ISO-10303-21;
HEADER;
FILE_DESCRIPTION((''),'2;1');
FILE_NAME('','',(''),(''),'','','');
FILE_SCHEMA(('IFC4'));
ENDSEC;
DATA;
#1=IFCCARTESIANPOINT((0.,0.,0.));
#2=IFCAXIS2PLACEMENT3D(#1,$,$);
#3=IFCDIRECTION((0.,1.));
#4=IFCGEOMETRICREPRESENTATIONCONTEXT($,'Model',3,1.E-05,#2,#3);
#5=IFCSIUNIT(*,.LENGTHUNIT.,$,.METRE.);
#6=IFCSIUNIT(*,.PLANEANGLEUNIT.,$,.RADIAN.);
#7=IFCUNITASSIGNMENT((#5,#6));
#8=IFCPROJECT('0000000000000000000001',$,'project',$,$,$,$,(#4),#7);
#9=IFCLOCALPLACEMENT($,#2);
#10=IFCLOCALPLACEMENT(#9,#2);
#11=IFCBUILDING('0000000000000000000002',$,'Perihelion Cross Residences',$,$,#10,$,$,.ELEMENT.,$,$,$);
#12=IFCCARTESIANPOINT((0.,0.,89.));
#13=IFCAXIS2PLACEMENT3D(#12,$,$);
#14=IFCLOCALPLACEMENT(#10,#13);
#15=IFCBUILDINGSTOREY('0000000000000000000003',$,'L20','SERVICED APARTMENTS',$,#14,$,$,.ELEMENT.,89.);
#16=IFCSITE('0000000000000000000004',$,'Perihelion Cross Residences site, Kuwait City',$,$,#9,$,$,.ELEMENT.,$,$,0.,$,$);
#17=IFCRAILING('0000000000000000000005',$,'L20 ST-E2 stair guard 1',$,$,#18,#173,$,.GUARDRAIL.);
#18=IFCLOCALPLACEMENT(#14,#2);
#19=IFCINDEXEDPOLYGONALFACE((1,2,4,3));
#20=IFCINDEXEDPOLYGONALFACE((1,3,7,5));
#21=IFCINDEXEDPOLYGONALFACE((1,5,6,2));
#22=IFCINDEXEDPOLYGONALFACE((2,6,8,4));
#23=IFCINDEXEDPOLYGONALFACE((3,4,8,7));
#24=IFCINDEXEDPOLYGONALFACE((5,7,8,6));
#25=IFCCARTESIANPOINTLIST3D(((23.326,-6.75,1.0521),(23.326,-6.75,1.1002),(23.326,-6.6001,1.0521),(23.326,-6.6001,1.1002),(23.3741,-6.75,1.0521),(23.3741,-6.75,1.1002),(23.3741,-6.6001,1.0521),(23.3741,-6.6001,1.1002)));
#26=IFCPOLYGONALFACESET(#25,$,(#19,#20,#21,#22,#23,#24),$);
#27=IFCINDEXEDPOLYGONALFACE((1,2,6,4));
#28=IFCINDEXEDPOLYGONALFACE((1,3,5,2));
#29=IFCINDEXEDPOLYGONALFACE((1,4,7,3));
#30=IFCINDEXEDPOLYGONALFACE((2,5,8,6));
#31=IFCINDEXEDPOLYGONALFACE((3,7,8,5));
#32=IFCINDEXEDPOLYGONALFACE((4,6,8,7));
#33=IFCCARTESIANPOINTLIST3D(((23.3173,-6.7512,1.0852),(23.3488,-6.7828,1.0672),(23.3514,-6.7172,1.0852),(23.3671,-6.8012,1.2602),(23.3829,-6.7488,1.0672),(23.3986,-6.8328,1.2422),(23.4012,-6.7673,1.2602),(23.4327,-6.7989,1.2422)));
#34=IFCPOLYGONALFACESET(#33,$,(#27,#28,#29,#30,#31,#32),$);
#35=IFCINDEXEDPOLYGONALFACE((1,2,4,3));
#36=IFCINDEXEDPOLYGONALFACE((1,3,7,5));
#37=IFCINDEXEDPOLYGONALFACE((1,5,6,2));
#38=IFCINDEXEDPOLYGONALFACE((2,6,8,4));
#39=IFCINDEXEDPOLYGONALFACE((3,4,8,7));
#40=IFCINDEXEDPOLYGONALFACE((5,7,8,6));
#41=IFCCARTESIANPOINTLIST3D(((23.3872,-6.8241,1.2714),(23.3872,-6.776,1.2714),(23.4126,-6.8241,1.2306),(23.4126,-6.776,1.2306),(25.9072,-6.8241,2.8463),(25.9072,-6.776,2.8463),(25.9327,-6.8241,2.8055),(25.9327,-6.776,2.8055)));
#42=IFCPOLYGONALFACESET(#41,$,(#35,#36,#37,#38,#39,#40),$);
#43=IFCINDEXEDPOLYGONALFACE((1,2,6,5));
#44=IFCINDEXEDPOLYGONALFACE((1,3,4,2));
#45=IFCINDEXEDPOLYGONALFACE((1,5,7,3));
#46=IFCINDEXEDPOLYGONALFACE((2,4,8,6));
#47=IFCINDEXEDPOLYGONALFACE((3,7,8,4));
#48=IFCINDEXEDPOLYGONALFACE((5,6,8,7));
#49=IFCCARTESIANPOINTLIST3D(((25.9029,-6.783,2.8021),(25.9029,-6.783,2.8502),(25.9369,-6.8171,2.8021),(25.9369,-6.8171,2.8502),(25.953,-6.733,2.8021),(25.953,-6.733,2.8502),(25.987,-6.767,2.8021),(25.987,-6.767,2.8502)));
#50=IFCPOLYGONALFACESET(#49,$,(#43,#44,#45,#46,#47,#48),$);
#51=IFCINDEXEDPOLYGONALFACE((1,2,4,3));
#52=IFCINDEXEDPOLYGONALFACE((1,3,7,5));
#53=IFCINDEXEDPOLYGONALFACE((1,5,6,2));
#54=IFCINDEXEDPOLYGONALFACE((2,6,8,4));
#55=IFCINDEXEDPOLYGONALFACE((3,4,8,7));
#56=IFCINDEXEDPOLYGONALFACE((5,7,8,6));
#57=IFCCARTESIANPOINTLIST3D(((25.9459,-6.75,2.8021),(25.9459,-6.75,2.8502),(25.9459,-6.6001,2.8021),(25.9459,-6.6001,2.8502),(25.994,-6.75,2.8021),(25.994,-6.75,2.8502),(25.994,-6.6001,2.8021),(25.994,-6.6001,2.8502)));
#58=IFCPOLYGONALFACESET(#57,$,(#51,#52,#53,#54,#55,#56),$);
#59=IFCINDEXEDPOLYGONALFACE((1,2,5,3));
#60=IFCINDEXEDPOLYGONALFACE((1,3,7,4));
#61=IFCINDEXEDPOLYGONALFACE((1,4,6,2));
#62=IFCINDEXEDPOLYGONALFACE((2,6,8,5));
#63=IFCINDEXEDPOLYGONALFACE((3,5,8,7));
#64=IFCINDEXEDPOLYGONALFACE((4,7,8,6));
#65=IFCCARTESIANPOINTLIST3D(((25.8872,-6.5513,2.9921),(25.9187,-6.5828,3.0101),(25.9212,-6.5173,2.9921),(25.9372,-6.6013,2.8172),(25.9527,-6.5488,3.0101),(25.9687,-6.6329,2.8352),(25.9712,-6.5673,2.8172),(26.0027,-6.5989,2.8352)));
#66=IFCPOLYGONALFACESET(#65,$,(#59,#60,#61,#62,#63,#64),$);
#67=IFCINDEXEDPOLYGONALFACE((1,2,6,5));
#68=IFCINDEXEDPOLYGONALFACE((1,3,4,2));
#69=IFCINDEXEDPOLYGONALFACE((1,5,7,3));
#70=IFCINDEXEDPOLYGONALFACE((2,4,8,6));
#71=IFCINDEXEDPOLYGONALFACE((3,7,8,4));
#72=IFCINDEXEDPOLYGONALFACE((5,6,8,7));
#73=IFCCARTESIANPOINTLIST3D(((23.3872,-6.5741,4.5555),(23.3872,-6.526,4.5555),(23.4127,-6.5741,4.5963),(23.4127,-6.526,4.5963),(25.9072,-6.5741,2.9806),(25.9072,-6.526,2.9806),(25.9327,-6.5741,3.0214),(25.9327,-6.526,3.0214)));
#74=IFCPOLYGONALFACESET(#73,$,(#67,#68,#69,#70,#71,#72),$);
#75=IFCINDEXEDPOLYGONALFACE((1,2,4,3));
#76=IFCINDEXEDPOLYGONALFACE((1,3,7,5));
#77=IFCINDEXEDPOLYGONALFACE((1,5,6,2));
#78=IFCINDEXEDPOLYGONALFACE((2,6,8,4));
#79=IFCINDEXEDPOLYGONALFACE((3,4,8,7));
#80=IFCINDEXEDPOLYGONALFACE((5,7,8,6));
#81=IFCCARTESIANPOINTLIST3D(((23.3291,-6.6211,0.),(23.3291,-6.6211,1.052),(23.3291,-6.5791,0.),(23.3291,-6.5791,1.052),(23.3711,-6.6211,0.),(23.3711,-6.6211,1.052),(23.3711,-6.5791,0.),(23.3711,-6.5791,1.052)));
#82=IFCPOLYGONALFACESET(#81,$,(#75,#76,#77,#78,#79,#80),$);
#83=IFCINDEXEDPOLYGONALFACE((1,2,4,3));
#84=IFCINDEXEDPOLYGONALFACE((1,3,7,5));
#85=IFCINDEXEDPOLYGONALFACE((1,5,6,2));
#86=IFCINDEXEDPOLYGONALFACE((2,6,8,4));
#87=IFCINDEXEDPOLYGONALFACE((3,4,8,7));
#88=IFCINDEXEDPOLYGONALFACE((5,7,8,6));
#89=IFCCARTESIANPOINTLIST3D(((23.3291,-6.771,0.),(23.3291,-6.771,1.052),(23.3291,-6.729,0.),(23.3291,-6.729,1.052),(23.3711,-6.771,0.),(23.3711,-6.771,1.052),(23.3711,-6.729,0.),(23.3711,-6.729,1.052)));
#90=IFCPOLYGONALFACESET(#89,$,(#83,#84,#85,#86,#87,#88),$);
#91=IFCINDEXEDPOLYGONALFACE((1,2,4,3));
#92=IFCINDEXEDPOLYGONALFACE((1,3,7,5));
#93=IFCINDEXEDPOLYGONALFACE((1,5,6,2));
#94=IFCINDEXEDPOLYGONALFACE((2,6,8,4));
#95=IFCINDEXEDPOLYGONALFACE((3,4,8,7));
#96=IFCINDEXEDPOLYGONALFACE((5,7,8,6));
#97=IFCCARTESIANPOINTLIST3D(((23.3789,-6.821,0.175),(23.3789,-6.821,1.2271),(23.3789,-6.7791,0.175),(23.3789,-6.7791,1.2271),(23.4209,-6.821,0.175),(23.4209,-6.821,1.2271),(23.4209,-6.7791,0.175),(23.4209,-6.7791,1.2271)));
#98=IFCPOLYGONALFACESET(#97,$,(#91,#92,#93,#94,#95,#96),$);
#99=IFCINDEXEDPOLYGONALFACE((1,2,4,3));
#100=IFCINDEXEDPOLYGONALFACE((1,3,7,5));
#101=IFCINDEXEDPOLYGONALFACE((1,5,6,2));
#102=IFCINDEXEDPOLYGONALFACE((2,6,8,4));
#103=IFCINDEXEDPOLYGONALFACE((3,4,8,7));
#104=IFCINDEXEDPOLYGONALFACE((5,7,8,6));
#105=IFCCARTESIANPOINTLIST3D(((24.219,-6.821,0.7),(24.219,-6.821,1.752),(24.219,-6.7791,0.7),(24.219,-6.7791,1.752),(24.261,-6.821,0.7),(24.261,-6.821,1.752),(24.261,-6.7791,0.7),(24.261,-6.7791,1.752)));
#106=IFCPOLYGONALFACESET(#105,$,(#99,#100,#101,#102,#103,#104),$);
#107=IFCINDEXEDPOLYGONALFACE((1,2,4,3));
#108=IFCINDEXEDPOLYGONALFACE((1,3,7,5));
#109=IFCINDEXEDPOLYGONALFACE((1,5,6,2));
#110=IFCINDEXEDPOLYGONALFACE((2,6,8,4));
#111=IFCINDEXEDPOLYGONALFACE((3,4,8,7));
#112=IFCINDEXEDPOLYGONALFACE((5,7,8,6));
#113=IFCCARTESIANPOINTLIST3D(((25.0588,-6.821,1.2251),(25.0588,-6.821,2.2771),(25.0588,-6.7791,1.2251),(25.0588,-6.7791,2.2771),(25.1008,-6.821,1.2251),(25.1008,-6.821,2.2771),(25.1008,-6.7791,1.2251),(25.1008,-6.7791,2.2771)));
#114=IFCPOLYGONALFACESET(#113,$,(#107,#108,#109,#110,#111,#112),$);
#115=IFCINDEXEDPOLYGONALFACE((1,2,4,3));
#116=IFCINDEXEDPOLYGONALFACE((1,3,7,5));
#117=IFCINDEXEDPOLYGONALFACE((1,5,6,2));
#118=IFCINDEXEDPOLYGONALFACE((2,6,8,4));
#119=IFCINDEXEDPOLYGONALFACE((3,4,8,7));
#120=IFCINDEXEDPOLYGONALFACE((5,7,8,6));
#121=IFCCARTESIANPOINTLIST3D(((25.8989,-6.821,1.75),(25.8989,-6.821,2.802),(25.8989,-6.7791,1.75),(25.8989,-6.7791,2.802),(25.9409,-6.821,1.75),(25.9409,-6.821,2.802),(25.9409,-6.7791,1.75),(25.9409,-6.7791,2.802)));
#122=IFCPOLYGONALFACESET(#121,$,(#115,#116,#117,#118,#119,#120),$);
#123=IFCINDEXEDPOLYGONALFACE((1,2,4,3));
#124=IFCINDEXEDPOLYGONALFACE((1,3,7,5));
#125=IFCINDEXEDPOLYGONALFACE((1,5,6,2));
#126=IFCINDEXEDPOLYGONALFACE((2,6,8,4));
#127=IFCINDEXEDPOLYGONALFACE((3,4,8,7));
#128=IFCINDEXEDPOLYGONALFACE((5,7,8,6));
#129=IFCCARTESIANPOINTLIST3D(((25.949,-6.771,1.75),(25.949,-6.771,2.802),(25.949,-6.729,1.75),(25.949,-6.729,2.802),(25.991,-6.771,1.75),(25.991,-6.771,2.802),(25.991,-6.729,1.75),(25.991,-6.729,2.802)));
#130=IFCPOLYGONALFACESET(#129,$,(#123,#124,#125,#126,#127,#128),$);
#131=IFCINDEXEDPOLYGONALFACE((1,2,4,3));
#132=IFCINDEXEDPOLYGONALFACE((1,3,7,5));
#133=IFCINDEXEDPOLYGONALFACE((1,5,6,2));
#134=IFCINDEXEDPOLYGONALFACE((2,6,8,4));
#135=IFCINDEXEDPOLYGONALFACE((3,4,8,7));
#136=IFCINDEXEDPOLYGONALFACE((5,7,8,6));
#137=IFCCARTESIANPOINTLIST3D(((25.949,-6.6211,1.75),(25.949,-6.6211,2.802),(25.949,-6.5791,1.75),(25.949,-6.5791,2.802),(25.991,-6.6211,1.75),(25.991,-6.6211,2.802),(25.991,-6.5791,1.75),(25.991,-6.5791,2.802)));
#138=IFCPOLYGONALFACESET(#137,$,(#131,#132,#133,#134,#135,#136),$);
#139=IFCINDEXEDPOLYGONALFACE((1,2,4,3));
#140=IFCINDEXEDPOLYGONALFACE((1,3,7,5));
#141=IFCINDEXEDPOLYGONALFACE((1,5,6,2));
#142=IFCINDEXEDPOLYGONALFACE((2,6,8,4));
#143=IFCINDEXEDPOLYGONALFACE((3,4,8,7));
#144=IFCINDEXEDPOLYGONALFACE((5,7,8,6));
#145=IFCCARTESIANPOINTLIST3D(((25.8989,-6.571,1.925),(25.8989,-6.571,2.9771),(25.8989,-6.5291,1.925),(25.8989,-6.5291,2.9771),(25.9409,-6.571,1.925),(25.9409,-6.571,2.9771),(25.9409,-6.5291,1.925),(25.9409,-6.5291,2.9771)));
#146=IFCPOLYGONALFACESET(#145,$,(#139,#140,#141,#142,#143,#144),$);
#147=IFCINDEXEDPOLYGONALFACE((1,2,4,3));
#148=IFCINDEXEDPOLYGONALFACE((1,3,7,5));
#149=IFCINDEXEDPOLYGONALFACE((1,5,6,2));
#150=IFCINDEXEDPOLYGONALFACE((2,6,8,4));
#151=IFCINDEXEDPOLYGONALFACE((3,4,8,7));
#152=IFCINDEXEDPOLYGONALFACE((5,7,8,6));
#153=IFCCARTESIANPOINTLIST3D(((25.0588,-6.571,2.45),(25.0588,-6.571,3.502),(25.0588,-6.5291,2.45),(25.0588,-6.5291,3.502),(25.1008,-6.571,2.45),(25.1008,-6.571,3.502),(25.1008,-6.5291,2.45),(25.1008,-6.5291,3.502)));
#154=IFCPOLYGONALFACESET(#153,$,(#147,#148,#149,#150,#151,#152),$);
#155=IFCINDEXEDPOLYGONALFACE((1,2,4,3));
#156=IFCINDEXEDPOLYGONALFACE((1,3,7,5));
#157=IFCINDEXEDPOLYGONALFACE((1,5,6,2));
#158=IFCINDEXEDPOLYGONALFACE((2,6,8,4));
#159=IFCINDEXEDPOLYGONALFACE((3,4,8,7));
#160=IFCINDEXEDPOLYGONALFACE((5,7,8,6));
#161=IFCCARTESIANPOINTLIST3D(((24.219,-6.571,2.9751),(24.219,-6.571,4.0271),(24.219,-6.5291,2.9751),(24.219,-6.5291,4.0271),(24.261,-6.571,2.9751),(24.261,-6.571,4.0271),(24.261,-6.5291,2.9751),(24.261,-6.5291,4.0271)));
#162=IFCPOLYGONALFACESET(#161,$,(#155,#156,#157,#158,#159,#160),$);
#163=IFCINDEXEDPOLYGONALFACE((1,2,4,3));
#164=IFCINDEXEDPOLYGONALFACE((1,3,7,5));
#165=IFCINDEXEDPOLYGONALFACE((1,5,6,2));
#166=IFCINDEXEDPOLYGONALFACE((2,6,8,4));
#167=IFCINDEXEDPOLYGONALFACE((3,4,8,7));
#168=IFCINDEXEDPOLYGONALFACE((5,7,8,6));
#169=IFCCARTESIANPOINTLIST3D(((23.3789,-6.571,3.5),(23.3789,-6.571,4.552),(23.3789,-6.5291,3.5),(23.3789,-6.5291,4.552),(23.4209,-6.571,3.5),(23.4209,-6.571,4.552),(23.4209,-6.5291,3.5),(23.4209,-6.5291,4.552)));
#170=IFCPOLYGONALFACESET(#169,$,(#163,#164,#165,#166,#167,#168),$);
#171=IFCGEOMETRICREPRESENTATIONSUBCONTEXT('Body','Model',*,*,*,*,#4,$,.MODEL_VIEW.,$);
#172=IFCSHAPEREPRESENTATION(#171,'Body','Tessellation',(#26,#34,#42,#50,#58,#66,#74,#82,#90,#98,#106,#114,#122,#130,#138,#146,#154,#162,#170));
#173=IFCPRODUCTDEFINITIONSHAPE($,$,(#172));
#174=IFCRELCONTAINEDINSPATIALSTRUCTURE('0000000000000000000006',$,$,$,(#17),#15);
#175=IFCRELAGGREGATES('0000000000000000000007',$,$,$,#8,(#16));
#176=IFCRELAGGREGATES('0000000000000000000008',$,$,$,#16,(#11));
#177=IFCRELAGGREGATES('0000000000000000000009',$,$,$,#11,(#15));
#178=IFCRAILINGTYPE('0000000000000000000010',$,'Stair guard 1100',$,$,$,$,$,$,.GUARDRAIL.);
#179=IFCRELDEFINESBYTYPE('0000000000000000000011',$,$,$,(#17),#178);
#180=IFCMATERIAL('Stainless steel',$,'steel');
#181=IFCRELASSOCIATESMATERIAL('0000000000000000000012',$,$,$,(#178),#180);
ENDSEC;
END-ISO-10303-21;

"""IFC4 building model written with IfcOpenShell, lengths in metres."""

from ifc_helpers import new_model, si_unit, direction, frame, origin, origin_2d, place, context, subcontext, project, spatial, rectangle, extrude, material, type_object, element, save


model = new_model("IFC4")

# Units and contexts
model_context = context("Model", 3, precision=1e-05, world=origin(), true_north=direction((0.0, 1.0)))
body_context = subcontext(model_context, "Body", "Model", "MODEL_VIEW")
ifc_project = project(units=[si_unit("LENGTHUNIT", "METRE"), si_unit("PLANEANGLEUNIT", "RADIAN")], contexts=[model_context])

# Site, building, storey
site_placement = place(None, origin())
site = spatial("IfcSite", under=ifc_project, at=site_placement, Name="Perihelion Cross Residences site, Kuwait City", CompositionType="ELEMENT", RefElevation=0.0)
building_placement = place(site_placement, origin())
building = spatial("IfcBuilding", under=site, at=building_placement, Name="Perihelion Cross Residences", CompositionType="ELEMENT")
storey_placement = place(building_placement, frame((0.0, 0.0, 89.0)))
storey = spatial("IfcBuildingStorey", under=building, at=storey_placement, Name="L20", Description="SERVICED APARTMENTS", CompositionType="ELEMENT", Elevation=89.0)

# Railing
ifc_material_1 = material(Name="Stainless steel", Category="steel")
railing_type_1 = type_object("IfcRailingType", Name="Stair guard 1100", PredefinedType="GUARDRAIL", material=ifc_material_1)
railing_1_placement = place(storey_placement, frame((23.3501, -6.6001, 0.0)))
element("IfcRailing", 1, at=railing_1_placement, inside=storey, type_object=railing_type_1, Name="L20 ST-E2 stair guard 1", PredefinedType="GUARDRAIL", context=body_context, shape_type="SweptSolid", body=[
    extrude(rectangle(XDim=0.0481, YDim=0.0481, at=origin_2d()), frame((0.0, 0.0, 1.0762), z_axis=(0.0, -1.0, 0.0), x_axis=(1.0, 0.0, 0.0)), (0.0, 0.0, 1.0), 0.1499),
    extrude(rectangle(XDim=0.0481, YDim=0.0481, at=origin_2d()), frame((0.0, -0.1499, 1.0762), z_axis=(0.263862, -0.265156, 0.927399), x_axis=(0.708834, 0.705376, 0.0)), (0.0, 0.0, 1.0), 0.1887),
    extrude(rectangle(XDim=0.0481, YDim=0.0481, at=origin_2d()), frame((0.0498, -0.2, 1.251), z_axis=(0.848008, 0.0, 0.529984), x_axis=(0.0, 1.0, 0.0)), (0.0, 0.0, 1.0), 2.9717),
    extrude(rectangle(XDim=0.0481, YDim=0.0481, at=origin_2d()), frame((2.5698, -0.2, 2.8262), z_axis=(0.707107, 0.707107, 0.0), x_axis=(-0.707107, 0.707107, 0.0)), (0.0, 0.0, 1.0), 0.0708),
    extrude(rectangle(XDim=0.0481, YDim=0.0481, at=origin_2d()), frame((2.6199, -0.1499, 2.8262), z_axis=(0.0, 1.0, 0.0), x_axis=(-1.0, 0.0, 0.0)), (0.0, 0.0, 1.0), 0.1499),
    extrude(rectangle(XDim=0.0481, YDim=0.0481, at=origin_2d()), frame((2.6199, 0.0, 2.8262), z_axis=(-0.265065, 0.265065, 0.927082), x_axis=(-0.707107, -0.707107, 0.0)), (0.0, 0.0, 1.0), 0.1887),
    extrude(rectangle(XDim=0.0481, YDim=0.0481, at=origin_2d()), frame((2.5698, 0.05, 3.001), z_axis=(-0.848008, 0.0, 0.529984), x_axis=(0.0, -1.0, 0.0)), (0.0, 0.0, 1.0), 2.9717),
    extrude(rectangle(XDim=0.042, YDim=0.042, at=origin_2d()), origin(), (0.0, 0.0, 1.0), 1.052),
    extrude(rectangle(XDim=0.042, YDim=0.042, at=origin_2d()), frame((0.0, -0.1499, 0.0)), (0.0, 0.0, 1.0), 1.052),
    extrude(rectangle(XDim=0.042, YDim=0.042, at=origin_2d()), frame((0.0498, -0.2, 0.175)), (0.0, 0.0, 1.0), 1.052),
    extrude(rectangle(XDim=0.042, YDim=0.042, at=origin_2d()), frame((0.8899, -0.2, 0.7)), (0.0, 0.0, 1.0), 1.052),
    extrude(rectangle(XDim=0.042, YDim=0.042, at=origin_2d()), frame((1.7297, -0.2, 1.2251)), (0.0, 0.0, 1.0), 1.052),
    extrude(rectangle(XDim=0.042, YDim=0.042, at=origin_2d()), frame((2.5698, -0.2, 1.75)), (0.0, 0.0, 1.0), 1.052),
    extrude(rectangle(XDim=0.042, YDim=0.042, at=origin_2d()), frame((2.6199, -0.1499, 1.75)), (0.0, 0.0, 1.0), 1.052),
    extrude(rectangle(XDim=0.042, YDim=0.042, at=origin_2d()), frame((2.6199, 0.0, 1.75)), (0.0, 0.0, 1.0), 1.052),
    extrude(rectangle(XDim=0.042, YDim=0.042, at=origin_2d()), frame((2.5698, 0.05, 1.925)), (0.0, 0.0, 1.0), 1.052),
    extrude(rectangle(XDim=0.042, YDim=0.042, at=origin_2d()), frame((1.7297, 0.05, 2.45)), (0.0, 0.0, 1.0), 1.052),
    extrude(rectangle(XDim=0.042, YDim=0.042, at=origin_2d()), frame((0.8899, 0.05, 2.9751)), (0.0, 0.0, 1.0), 1.052),
    extrude(rectangle(XDim=0.042, YDim=0.042, at=origin_2d()), frame((0.0498, 0.05, 3.5)), (0.0, 0.0, 1.0), 1.052),
])

save(model, "model.ifc")
